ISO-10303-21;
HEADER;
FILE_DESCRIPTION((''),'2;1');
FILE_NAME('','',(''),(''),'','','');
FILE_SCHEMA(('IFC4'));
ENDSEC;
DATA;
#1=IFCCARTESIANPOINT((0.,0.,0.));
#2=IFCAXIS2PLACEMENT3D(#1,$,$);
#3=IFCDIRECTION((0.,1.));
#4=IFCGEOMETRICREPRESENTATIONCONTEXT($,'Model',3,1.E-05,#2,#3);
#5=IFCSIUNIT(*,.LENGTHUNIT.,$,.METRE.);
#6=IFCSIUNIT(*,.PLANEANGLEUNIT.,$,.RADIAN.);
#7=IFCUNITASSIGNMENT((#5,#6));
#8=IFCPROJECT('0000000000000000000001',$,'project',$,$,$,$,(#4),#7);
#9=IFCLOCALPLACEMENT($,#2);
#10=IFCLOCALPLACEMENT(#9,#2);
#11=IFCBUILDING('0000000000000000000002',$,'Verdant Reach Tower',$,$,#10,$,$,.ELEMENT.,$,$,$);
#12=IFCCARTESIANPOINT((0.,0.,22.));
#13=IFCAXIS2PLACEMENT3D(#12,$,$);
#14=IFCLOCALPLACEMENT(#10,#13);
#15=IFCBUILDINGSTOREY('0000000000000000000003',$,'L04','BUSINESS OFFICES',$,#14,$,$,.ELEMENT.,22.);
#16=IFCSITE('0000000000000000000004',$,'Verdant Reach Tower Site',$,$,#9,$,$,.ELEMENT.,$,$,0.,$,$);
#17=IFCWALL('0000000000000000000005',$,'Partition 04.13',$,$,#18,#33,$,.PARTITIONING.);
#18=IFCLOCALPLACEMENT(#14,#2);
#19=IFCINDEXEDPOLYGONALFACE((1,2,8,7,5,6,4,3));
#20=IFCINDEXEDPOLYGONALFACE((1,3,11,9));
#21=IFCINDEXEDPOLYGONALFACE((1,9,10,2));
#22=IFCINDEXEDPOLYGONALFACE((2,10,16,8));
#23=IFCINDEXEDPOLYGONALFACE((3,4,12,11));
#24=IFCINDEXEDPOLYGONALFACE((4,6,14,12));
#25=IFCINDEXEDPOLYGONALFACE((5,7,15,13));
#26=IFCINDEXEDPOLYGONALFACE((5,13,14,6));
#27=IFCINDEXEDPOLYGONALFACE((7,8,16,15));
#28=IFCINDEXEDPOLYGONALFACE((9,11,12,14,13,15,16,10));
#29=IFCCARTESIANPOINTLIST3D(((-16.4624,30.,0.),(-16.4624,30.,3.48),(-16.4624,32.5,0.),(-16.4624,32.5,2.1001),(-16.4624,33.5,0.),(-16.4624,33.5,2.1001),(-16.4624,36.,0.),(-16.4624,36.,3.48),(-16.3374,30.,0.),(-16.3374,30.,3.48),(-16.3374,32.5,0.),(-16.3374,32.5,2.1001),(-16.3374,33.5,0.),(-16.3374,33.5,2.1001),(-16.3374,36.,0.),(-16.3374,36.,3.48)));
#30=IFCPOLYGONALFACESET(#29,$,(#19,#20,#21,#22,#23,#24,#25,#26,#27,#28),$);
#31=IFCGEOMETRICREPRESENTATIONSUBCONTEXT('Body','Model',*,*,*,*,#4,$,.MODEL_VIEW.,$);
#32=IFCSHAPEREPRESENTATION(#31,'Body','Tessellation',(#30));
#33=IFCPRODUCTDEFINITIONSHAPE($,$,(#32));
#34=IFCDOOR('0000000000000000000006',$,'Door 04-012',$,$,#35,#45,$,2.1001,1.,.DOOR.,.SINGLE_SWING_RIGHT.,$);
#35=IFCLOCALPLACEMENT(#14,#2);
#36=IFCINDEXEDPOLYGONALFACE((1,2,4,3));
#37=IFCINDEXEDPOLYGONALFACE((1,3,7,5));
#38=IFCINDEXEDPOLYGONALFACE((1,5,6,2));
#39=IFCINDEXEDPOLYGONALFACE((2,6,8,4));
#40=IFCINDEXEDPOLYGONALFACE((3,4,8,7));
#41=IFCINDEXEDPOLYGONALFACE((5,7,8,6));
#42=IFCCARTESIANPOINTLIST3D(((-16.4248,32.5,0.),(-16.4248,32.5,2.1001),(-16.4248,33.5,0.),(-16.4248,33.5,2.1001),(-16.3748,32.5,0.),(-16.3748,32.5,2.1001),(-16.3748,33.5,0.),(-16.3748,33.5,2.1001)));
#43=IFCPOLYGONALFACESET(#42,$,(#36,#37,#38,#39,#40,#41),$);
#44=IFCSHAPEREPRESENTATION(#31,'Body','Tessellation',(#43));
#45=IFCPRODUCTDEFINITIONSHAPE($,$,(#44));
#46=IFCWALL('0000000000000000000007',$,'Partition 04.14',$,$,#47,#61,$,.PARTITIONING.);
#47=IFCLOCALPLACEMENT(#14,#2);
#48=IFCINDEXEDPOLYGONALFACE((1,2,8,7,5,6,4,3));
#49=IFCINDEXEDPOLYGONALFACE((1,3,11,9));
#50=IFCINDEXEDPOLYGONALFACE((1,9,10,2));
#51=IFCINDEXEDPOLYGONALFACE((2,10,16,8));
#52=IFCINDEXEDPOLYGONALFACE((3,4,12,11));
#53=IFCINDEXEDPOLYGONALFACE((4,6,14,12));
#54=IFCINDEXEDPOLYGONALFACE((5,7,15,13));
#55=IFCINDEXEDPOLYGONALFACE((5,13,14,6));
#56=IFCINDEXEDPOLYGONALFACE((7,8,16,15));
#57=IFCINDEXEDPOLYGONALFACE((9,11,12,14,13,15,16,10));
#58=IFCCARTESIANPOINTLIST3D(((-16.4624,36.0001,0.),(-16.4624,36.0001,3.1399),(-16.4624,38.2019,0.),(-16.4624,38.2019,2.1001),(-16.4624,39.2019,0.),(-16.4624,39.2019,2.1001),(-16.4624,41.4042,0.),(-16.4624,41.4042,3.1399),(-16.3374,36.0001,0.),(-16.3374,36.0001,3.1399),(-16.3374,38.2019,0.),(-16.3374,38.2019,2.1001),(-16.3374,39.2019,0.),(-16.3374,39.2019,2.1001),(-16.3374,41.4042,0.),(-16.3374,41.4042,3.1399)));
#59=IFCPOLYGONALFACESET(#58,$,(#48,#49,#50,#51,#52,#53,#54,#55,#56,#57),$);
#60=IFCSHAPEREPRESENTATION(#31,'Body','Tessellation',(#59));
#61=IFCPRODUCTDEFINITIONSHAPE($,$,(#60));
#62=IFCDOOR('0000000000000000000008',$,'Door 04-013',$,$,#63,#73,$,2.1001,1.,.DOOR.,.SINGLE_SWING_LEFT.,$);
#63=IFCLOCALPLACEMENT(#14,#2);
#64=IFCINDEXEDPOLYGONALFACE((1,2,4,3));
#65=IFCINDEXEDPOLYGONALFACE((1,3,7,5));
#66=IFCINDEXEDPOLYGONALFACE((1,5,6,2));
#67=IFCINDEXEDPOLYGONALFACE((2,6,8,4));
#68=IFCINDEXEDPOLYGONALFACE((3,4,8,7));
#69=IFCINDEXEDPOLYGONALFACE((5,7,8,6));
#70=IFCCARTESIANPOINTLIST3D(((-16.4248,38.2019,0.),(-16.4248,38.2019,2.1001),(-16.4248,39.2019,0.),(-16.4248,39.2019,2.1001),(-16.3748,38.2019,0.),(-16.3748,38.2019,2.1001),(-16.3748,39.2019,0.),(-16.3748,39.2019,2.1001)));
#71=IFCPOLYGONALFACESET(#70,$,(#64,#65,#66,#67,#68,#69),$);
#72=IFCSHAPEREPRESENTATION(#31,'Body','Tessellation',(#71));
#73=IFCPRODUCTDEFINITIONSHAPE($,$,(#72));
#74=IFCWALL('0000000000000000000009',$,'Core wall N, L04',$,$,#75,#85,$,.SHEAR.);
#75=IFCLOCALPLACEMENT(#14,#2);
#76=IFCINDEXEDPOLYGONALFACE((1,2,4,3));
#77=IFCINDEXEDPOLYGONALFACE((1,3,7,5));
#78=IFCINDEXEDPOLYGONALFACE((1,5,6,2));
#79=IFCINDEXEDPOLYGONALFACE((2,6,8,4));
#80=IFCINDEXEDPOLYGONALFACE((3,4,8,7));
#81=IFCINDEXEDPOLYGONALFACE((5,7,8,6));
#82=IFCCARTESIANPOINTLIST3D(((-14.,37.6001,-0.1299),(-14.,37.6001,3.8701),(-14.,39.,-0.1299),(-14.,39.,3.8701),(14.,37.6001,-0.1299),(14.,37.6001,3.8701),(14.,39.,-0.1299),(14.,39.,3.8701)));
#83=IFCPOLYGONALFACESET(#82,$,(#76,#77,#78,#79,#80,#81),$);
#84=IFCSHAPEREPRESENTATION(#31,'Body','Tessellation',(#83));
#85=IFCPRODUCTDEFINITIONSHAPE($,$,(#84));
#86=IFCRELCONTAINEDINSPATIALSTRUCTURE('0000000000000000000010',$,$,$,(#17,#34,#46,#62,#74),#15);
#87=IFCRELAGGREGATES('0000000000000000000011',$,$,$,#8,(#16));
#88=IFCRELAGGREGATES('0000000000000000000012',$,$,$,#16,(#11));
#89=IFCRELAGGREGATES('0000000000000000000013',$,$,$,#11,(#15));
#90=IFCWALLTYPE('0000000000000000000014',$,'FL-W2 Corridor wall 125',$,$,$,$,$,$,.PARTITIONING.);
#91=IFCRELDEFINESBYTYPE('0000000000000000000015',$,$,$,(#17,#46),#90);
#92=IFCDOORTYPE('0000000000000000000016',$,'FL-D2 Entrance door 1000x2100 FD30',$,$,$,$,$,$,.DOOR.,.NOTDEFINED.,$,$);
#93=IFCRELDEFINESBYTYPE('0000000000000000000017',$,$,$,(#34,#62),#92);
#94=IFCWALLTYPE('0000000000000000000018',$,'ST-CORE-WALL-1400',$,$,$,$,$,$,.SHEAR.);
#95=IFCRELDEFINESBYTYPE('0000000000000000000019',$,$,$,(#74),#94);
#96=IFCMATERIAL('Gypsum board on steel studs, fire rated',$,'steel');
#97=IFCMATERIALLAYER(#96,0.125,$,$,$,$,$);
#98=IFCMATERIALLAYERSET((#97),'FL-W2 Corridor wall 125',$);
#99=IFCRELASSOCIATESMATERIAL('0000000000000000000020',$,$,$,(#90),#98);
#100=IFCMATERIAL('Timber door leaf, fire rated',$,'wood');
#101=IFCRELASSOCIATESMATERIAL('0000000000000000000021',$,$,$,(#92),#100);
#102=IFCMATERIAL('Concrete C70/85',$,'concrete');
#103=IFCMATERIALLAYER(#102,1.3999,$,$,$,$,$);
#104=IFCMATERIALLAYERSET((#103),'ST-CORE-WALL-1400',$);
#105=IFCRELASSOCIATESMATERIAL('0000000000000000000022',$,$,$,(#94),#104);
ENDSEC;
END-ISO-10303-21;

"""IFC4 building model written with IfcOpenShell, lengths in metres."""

from ifc_helpers import new_model, si_unit, direction, frame, frame_2d, origin, place, context, subcontext, project, spatial, rectangle, extrude, material, layer, layer_set, type_object, element, fill, save


model = new_model("IFC4")

# Units and contexts
model_context = context("Model", 3, precision=1e-05, world=origin(), true_north=direction((0.0, 1.0)))
body_context = subcontext(model_context, "Body", "Model", "MODEL_VIEW")
ifc_project = project(units=[si_unit("LENGTHUNIT", "METRE"), si_unit("PLANEANGLEUNIT", "RADIAN")], contexts=[model_context])

# Site, building, storey
site_placement = place(None, origin())
site = spatial("IfcSite", under=ifc_project, at=site_placement, Name="Verdant Reach Tower Site", CompositionType="ELEMENT", RefElevation=0.0)
building_placement = place(site_placement, origin())
building = spatial("IfcBuilding", under=site, at=building_placement, Name="Verdant Reach Tower", CompositionType="ELEMENT")
storey_placement = place(building_placement, frame((0.0, 0.0, 22.0)))
storey = spatial("IfcBuildingStorey", under=building, at=storey_placement, Name="L04", Description="BUSINESS OFFICES", CompositionType="ELEMENT", Elevation=22.0)

# Walls, openings, doors
ifc_material_1 = material(Name="Gypsum board on steel studs, fire rated", Category="steel")
ifc_layer_1 = layer(ifc_material_1, 0.125)
ifc_layer_set_1 = layer_set([ifc_layer_1], Name="FL-W2 Corridor wall 125")
wall_type_1 = type_object("IfcWallType", Name="FL-W2 Corridor wall 125", PredefinedType="PARTITIONING", material=ifc_layer_set_1)
ifc_material_2 = material(Name="Timber door leaf, fire rated", Category="wood")
door_type = type_object("IfcDoorType", Name="FL-D2 Entrance door 1000x2100 FD30", OperationType="NOTDEFINED", PredefinedType="DOOR", material=ifc_material_2)
wall_1_placement = place(storey_placement, frame((-16.3999, 30.0, 0.0), z_axis=(0.0, 0.0, 1.0), x_axis=(0.0, 1.0, 0.0)))
wall_1 = element("IfcWall", 1, at=wall_1_placement, inside=storey, type_object=wall_type_1, Name="Partition 04.13", PredefinedType="PARTITIONING", context=body_context, shape_type="SweptSolid", body=[
    extrude(rectangle(XDim=6.0, YDim=0.125, at=frame_2d((3.0, 0.0))), origin(), (0.0, 0.0, 1.0), 3.48),
])
opening_1_placement = place(wall_1_placement, frame((2.5, 0.0, 0.0)))
opening_1 = element("IfcOpeningElement", 2, at=opening_1_placement, cuts=wall_1, PredefinedType="OPENING", context=body_context, shape_type="SweptSolid", body=[
    extrude(rectangle(XDim=1.0, YDim=2.1001, at=frame_2d((0.5, 1.05))), frame((0.0, 0.0725, 0.0), z_axis=(0.0, -1.0, 0.0), x_axis=(1.0, 0.0, 0.0)), (0.0, 0.0, 1.0), 0.145),
])
door_1_placement = place(opening_1_placement, origin())
door_1 = element("IfcDoor", 3, at=door_1_placement, inside=storey, type_object=door_type, Name="Door 04-012", OperationType="SINGLE_SWING_RIGHT", OverallHeight=2.1001, OverallWidth=1.0, PredefinedType="DOOR", context=body_context, shape_type="SweptSolid", body=[
    extrude(rectangle(XDim=1.0, YDim=2.1001, at=frame_2d((0.5, 1.05))), frame((0.0, 0.0249, 0.0), z_axis=(0.0, -1.0, 0.0), x_axis=(1.0, 0.0, 0.0)), (0.0, 0.0, 1.0), 0.05),
])
fill(opening_1, door_1)
wall_2_placement = place(storey_placement, frame((-16.3999, 36.0, 0.0), z_axis=(0.0, 0.0, 1.0), x_axis=(0.0, 1.0, 0.0)))
wall_2 = element("IfcWall", 4, at=wall_2_placement, inside=storey, type_object=wall_type_1, Name="Partition 04.14", PredefinedType="PARTITIONING", context=body_context, shape_type="SweptSolid", body=[
    extrude(rectangle(XDim=5.4041, YDim=0.125, at=frame_2d((2.7021, 0.0))), origin(), (0.0, 0.0, 1.0), 3.1399),
])
opening_2_placement = place(wall_2_placement, frame((2.2019, 0.0, 0.0)))
opening_2 = element("IfcOpeningElement", 5, at=opening_2_placement, cuts=wall_2, PredefinedType="OPENING", context=body_context, shape_type="SweptSolid", body=[
    extrude(rectangle(XDim=1.0, YDim=2.1001, at=frame_2d((0.5, 1.05))), frame((0.0, 0.0725, 0.0), z_axis=(0.0, -1.0, 0.0), x_axis=(1.0, 0.0, 0.0)), (0.0, 0.0, 1.0), 0.145),
])
door_2_placement = place(opening_2_placement, origin())
door_2 = element("IfcDoor", 6, at=door_2_placement, inside=storey, type_object=door_type, Name="Door 04-013", OperationType="SINGLE_SWING_LEFT", OverallHeight=2.1001, OverallWidth=1.0, PredefinedType="DOOR", context=body_context, shape_type="SweptSolid", body=[
    extrude(rectangle(XDim=1.0, YDim=2.1001, at=frame_2d((0.5, 1.05))), frame((0.0, 0.0249, 0.0), z_axis=(0.0, -1.0, 0.0), x_axis=(1.0, 0.0, 0.0)), (0.0, 0.0, 1.0), 0.05),
])
fill(opening_2, door_2)

# Wall
ifc_material_3 = material(Name="Concrete C70/85", Category="concrete")
ifc_layer_2 = layer(ifc_material_3, 1.3999)
ifc_layer_set_2 = layer_set([ifc_layer_2], Name="ST-CORE-WALL-1400")
wall_type_2 = type_object("IfcWallType", Name="ST-CORE-WALL-1400", PredefinedType="SHEAR", material=ifc_layer_set_2)
wall_3_placement = place(storey_placement, frame((-14.0, 38.3, -0.1299), z_axis=(0.0, 0.0, 1.0), x_axis=(1.0, 0.0, 0.0)))
element("IfcWall", 7, at=wall_3_placement, inside=storey, type_object=wall_type_2, Name="Core wall N, L04", PredefinedType="SHEAR", context=body_context, shape_type="SweptSolid", body=[
    extrude(rectangle(XDim=28.0, YDim=1.3999, at=frame_2d((14.0, 0.0))), origin(), (0.0, 0.0, 1.0), 4.0),
])

save(model, "model.ifc")
